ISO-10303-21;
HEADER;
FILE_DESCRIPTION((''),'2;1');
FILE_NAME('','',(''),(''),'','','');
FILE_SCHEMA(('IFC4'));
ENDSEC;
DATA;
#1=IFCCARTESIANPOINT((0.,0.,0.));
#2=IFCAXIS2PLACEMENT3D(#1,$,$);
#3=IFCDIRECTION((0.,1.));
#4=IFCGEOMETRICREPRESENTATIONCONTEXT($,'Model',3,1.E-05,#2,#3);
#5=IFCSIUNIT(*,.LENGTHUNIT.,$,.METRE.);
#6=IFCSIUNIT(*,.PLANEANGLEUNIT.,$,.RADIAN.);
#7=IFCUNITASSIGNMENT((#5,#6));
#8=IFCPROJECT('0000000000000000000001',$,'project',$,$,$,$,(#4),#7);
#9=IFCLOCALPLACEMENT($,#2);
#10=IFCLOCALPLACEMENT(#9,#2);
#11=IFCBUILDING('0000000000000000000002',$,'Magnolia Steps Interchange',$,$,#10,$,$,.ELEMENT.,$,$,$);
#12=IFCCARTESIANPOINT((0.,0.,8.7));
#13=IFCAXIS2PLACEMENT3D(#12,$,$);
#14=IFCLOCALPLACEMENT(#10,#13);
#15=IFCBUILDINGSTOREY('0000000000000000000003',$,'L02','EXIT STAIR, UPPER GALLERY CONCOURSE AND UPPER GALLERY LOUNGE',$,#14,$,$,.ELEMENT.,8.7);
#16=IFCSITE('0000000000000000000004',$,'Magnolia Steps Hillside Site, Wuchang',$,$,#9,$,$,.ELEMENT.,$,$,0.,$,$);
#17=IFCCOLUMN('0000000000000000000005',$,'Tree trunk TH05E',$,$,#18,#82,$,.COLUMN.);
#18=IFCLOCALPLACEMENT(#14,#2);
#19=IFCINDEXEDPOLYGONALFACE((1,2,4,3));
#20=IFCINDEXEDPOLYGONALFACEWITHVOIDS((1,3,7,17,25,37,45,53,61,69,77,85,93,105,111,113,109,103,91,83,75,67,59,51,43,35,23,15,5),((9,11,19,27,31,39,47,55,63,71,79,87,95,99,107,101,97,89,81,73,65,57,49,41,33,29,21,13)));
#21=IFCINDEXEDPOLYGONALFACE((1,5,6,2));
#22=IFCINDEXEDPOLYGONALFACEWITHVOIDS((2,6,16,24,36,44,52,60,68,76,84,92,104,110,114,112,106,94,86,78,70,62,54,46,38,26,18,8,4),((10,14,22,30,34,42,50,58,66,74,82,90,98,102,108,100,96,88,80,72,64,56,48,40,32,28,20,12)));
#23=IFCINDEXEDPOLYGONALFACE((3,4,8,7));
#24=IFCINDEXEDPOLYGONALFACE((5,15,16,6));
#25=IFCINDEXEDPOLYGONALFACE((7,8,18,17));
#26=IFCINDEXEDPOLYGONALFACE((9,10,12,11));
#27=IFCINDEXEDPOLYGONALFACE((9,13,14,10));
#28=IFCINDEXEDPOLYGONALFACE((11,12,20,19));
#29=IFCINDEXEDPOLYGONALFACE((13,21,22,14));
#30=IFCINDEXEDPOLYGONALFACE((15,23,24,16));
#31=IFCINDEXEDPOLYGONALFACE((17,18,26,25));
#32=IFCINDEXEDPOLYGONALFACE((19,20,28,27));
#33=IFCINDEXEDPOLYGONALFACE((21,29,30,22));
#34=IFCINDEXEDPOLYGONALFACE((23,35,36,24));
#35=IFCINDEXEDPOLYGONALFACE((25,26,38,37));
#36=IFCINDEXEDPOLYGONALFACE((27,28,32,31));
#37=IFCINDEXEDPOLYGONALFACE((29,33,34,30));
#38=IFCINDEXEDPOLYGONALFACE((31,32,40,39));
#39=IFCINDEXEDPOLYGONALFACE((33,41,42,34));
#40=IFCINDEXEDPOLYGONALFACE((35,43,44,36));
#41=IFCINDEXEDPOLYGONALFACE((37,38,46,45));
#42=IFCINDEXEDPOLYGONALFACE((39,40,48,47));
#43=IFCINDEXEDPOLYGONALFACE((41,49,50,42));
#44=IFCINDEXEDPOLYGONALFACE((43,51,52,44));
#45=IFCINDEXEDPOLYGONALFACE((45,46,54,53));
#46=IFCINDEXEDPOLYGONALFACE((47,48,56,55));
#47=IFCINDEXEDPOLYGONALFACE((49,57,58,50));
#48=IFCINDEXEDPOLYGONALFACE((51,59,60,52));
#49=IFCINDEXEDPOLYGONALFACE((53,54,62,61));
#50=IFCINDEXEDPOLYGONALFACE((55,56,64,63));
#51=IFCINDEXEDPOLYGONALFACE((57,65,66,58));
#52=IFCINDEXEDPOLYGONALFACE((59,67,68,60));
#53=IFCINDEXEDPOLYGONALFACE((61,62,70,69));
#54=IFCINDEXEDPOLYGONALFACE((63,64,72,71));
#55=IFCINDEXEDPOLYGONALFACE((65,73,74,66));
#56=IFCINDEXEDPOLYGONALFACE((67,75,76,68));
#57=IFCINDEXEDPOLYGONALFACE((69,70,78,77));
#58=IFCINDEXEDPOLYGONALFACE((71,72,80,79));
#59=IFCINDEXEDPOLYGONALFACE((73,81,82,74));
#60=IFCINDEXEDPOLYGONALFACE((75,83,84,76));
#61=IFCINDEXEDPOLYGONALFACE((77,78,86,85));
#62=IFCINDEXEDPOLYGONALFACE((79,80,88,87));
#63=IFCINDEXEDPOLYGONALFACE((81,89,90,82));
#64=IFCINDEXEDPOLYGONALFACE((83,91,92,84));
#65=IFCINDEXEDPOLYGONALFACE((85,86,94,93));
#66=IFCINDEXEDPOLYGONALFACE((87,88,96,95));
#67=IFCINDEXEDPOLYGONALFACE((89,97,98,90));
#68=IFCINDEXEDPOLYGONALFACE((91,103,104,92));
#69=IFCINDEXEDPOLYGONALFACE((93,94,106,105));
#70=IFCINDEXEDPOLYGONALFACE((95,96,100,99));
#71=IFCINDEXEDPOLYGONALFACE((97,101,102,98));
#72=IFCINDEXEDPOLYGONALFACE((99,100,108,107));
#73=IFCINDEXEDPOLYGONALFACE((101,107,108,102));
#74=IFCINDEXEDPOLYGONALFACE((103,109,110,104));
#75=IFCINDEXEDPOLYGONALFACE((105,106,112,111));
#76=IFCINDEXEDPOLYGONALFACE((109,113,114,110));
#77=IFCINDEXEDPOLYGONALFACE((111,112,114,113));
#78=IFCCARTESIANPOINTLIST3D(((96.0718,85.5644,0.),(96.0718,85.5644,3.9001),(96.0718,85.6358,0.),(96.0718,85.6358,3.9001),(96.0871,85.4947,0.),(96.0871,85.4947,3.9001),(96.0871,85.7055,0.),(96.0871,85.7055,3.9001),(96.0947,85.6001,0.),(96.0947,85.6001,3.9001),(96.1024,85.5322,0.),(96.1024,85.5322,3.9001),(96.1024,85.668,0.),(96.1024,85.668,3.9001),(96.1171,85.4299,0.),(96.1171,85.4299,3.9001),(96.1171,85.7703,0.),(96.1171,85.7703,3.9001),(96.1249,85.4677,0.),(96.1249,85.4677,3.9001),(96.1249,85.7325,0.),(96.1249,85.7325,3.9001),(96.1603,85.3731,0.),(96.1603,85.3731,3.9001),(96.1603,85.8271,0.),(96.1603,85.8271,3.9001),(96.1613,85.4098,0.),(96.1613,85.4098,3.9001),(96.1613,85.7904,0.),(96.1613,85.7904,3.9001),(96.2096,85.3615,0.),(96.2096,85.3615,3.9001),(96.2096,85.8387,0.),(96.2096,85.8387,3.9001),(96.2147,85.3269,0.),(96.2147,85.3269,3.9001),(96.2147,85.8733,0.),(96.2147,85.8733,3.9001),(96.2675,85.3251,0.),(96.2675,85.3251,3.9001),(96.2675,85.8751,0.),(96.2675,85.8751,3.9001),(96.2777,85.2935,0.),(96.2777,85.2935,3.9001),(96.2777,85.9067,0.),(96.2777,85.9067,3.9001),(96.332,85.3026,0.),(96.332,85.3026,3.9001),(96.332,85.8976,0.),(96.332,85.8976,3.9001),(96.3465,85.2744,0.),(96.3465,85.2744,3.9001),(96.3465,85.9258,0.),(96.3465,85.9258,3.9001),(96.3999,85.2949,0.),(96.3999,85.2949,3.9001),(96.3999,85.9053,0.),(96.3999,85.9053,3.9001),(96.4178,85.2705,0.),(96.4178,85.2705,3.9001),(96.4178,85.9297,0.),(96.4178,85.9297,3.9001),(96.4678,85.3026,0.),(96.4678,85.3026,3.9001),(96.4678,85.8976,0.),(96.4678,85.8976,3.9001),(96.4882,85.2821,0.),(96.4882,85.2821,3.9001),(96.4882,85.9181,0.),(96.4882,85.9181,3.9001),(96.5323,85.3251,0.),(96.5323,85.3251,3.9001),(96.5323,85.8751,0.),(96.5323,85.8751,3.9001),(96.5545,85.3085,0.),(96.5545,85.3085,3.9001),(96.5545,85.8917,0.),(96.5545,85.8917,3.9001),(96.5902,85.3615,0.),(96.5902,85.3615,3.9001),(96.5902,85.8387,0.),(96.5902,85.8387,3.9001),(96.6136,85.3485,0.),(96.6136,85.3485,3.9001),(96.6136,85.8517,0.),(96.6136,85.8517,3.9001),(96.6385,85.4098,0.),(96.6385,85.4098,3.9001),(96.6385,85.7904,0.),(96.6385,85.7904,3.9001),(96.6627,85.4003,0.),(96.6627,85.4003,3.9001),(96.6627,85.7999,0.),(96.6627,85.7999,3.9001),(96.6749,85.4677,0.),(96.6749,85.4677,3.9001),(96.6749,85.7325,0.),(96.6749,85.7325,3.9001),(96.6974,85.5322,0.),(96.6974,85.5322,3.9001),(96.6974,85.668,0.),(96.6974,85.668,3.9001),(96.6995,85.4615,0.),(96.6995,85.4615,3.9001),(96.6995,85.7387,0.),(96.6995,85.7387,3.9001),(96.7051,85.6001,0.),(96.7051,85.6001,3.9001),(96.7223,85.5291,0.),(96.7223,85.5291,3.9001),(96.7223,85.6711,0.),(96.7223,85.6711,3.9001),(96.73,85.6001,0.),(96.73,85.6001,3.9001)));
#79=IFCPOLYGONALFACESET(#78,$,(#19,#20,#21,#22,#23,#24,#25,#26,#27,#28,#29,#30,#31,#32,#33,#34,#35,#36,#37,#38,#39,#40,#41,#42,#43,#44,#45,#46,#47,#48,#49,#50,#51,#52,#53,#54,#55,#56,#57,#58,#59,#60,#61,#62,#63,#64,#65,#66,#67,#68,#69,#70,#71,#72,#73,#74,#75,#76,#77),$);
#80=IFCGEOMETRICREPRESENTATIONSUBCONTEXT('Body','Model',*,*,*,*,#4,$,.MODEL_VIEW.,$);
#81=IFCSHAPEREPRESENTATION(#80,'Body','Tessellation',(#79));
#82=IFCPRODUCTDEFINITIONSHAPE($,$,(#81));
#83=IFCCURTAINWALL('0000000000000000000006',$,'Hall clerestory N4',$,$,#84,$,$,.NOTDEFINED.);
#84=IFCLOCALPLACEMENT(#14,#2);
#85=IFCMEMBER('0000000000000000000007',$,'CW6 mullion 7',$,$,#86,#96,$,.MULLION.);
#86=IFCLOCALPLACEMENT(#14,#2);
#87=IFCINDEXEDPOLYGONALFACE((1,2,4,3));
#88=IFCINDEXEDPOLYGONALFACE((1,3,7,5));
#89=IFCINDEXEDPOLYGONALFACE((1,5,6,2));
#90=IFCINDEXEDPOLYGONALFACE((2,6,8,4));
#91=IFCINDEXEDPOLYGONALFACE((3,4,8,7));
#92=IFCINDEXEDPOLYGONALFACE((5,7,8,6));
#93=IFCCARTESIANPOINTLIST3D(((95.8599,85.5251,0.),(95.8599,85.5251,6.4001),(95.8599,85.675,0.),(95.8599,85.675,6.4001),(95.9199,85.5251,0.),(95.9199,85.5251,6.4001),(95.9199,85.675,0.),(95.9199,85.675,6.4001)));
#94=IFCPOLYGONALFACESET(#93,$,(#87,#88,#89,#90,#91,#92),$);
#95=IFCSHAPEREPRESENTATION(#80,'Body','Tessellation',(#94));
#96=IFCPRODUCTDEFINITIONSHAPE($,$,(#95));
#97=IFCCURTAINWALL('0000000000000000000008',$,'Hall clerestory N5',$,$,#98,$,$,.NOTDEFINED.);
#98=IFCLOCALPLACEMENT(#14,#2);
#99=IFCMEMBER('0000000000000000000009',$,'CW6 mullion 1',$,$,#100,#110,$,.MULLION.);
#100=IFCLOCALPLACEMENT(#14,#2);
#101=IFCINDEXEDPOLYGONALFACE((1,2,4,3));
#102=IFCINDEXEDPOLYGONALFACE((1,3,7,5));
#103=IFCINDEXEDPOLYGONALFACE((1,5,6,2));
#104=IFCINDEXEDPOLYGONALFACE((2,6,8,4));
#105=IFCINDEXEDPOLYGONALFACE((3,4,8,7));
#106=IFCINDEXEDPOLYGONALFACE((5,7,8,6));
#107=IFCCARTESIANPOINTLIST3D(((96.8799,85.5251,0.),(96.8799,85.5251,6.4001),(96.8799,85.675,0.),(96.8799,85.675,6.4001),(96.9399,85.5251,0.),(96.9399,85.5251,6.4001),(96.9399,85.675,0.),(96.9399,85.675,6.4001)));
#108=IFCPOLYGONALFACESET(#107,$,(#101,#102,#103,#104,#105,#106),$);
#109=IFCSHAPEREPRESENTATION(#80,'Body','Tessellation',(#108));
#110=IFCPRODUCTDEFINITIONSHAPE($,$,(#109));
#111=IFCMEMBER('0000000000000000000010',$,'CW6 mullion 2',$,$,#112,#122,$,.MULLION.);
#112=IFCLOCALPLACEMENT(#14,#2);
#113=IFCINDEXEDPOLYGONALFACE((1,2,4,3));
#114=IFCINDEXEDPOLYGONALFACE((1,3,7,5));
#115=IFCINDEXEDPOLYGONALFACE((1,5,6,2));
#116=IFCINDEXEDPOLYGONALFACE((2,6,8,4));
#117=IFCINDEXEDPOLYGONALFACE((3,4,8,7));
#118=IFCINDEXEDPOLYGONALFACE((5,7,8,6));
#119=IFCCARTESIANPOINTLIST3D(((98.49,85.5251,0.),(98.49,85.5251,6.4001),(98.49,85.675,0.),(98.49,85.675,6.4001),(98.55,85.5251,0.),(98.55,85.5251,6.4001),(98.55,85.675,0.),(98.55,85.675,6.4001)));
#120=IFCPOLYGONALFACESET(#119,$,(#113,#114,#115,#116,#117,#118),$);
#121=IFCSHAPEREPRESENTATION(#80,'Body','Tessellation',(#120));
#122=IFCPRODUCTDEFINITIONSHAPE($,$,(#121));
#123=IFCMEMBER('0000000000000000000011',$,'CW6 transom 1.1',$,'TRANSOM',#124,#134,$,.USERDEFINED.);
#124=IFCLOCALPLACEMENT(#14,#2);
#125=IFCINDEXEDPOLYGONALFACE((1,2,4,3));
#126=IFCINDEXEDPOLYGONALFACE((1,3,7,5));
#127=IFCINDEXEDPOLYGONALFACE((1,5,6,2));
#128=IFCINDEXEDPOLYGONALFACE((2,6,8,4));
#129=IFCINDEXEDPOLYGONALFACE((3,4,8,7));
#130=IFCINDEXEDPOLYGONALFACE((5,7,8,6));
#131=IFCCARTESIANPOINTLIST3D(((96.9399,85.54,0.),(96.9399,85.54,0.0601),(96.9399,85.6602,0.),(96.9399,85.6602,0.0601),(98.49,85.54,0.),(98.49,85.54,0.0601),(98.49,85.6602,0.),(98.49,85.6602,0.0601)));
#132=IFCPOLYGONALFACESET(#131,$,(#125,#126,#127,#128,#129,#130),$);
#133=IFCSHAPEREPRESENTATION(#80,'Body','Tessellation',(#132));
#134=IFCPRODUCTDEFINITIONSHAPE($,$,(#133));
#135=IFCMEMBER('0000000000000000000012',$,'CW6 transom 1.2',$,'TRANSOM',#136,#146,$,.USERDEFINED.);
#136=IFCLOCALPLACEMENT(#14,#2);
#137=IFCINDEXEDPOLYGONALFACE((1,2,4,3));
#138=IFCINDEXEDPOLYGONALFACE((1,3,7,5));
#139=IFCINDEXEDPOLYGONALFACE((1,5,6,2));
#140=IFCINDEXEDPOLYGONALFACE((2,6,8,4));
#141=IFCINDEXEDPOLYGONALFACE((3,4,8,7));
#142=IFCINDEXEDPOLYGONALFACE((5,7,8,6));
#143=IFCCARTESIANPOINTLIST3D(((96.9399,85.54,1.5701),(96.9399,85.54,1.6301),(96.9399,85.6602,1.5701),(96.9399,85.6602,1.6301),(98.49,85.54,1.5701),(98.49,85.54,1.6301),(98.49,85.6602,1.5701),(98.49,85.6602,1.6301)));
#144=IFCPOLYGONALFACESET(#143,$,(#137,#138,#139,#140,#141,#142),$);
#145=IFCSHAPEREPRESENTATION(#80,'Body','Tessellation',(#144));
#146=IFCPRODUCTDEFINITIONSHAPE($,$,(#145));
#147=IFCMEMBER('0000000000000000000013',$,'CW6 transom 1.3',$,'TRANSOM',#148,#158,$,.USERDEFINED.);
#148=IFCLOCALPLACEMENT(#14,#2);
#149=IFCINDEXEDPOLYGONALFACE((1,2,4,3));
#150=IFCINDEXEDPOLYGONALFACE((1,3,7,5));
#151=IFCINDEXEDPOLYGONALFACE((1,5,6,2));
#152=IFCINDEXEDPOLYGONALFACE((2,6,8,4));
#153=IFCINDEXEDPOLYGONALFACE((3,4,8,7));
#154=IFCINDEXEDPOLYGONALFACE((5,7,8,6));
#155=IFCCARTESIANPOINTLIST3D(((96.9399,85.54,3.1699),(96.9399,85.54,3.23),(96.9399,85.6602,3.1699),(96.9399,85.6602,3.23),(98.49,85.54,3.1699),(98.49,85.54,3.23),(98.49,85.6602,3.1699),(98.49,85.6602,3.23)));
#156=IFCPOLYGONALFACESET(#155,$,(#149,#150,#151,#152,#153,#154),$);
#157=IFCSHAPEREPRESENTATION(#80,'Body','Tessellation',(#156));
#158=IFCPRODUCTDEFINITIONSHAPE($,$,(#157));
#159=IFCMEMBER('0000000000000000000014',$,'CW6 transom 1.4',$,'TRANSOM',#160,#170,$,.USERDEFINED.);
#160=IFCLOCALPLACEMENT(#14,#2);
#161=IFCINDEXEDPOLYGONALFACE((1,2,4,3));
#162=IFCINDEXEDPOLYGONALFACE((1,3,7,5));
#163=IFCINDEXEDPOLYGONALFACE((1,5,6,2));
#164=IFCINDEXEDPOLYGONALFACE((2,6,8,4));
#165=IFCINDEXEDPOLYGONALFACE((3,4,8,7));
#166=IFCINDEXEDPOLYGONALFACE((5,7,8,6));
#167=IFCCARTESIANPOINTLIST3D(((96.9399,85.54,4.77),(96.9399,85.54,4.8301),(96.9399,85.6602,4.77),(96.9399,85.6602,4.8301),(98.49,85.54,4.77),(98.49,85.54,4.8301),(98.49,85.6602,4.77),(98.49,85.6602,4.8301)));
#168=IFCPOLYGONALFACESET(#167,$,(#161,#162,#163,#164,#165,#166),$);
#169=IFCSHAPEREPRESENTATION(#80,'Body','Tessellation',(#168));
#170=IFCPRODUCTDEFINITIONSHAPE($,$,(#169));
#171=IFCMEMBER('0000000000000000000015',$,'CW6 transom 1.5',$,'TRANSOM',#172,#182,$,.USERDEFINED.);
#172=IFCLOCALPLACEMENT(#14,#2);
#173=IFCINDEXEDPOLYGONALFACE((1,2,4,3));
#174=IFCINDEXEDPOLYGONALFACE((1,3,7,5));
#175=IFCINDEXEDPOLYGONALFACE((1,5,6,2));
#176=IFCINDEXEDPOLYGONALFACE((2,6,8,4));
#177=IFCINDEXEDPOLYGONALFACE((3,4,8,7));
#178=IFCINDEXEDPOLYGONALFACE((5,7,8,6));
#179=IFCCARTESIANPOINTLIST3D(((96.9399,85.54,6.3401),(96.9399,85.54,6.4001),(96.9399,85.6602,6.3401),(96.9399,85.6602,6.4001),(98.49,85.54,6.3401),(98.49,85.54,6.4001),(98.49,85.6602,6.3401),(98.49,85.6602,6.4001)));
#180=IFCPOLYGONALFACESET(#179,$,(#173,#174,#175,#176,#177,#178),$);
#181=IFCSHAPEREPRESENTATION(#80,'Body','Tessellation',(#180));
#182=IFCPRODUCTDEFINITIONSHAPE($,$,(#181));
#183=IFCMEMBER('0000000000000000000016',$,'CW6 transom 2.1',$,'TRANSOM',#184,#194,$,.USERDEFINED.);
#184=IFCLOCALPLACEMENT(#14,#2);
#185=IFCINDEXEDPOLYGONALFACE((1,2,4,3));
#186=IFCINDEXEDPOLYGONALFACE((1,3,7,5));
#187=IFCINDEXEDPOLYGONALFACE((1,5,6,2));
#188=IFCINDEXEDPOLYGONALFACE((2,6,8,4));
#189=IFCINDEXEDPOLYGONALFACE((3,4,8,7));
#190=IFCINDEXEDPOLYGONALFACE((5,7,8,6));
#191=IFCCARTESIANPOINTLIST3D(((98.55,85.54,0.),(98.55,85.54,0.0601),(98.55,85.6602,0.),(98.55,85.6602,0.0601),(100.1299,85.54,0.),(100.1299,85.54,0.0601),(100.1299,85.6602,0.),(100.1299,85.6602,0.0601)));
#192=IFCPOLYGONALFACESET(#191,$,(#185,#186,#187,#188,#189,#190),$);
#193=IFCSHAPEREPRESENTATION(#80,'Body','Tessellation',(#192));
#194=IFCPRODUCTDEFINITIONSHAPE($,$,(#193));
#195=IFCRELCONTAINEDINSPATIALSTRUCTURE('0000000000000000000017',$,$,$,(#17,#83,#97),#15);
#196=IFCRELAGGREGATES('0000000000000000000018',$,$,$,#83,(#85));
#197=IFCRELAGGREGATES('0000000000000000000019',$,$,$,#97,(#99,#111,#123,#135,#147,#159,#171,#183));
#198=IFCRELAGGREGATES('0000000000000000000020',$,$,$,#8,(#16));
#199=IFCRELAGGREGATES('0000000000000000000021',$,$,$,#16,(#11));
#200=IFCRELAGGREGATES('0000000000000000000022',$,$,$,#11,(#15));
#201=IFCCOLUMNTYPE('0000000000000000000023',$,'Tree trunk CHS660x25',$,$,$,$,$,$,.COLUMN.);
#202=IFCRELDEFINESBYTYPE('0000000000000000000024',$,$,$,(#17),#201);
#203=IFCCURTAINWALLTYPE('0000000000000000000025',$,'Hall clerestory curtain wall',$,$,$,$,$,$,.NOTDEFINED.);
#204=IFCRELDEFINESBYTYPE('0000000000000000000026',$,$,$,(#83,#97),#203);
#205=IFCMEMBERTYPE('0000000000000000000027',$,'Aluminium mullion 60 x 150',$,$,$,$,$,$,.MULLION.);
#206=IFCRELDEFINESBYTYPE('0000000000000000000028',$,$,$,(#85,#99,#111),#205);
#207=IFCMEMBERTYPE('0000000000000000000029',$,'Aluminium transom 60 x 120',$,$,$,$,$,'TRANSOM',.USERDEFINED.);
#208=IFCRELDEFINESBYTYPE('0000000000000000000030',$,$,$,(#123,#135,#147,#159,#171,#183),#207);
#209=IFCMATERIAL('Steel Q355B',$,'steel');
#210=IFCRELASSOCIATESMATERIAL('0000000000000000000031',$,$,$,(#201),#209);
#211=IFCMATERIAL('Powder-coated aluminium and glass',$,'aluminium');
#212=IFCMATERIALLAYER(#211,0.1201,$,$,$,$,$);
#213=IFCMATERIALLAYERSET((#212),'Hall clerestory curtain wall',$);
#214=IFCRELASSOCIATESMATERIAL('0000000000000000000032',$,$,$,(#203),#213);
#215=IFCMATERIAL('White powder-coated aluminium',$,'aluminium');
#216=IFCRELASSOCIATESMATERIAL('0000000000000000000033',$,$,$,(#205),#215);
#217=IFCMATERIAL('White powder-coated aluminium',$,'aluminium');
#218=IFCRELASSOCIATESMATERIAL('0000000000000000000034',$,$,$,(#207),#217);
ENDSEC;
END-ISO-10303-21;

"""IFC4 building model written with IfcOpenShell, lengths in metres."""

from ifc_helpers import new_model, si_unit, direction, frame, origin, origin_2d, place, context, subcontext, project, spatial, rectangle, hollow_circle, extrude, material, layer, layer_set, material_profile, profile_set, type_object, element, aggregate, save


model = new_model("IFC4")

# Units and contexts
model_context = context("Model", 3, precision=1e-05, world=origin(), true_north=direction((0.0, 1.0)))
body_context = subcontext(model_context, "Body", "Model", "MODEL_VIEW")
ifc_project = project(units=[si_unit("LENGTHUNIT", "METRE"), si_unit("PLANEANGLEUNIT", "RADIAN")], contexts=[model_context])

# Site, building, storey
site_placement = place(None, origin())
site = spatial("IfcSite", under=ifc_project, at=site_placement, Name="Magnolia Steps Hillside Site, Wuchang", CompositionType="ELEMENT", RefElevation=0.0)
building_placement = place(site_placement, origin())
building = spatial("IfcBuilding", under=site, at=building_placement, Name="Magnolia Steps Interchange", CompositionType="ELEMENT")
storey_placement = place(building_placement, frame((0.0, 0.0, 8.7)))
storey = spatial("IfcBuildingStorey", under=building, at=storey_placement, Name="L02", Description="EXIT STAIR, UPPER GALLERY CONCOURSE AND UPPER GALLERY LOUNGE", CompositionType="ELEMENT", Elevation=8.7)

# Column
ifc_material_1 = material(Name="Steel Q355B", Category="steel")
ifc_material_profile_1 = material_profile(ifc_material_1, hollow_circle(Radius=0.3301, WallThickness=0.0249, at=origin_2d()), Name="CHS660x25")
ifc_profile_set_1 = profile_set([ifc_material_profile_1], Name="Steel Q355B")
column_type = type_object("IfcColumnType", Name="Tree trunk CHS660x25", PredefinedType="COLUMN", material=ifc_profile_set_1)
column_placement = place(storey_placement, frame((96.3999, 85.6001, 0.0), z_axis=(0.0, 0.0, 1.0), x_axis=(1.0, 0.0, 0.0)))
element("IfcColumn", 1, at=column_placement, inside=storey, type_object=column_type, Name="Tree trunk TH05E", PredefinedType="COLUMN", context=body_context, shape_type="SweptSolid", body=[
    extrude(hollow_circle(Radius=0.3301, WallThickness=0.0249, at=origin_2d()), origin(), (0.0, 0.0, 1.0), 3.9001),
])

# Curtain wall, member
ifc_material_2 = material(Name="Powder-coated aluminium and glass", Category="aluminium")
ifc_layer_1 = layer(ifc_material_2, 0.1201)
ifc_layer_set_1 = layer_set([ifc_layer_1], Name="Hall clerestory curtain wall")
curtain_wall_type = type_object("IfcCurtainWallType", Name="Hall clerestory curtain wall", PredefinedType="NOTDEFINED", material=ifc_layer_set_1)
curtain_wall_1_placement = place(storey_placement, origin())
curtain_wall_1 = element("IfcCurtainWall", 2, at=curtain_wall_1_placement, inside=storey, type_object=curtain_wall_type, Name="Hall clerestory N4", PredefinedType="NOTDEFINED")
ifc_material_3 = material(Name="White powder-coated aluminium", Category="aluminium")
ifc_material_profile_2 = material_profile(ifc_material_3, rectangle(XDim=0.0601, YDim=0.1499, at=origin_2d()), Name="Aluminium mullion 60 x 150")
ifc_profile_set_2 = profile_set([ifc_material_profile_2], Name="White powder-coated aluminium")
member_type_1 = type_object("IfcMemberType", Name="Aluminium mullion 60 x 150", PredefinedType="MULLION", material=ifc_profile_set_2)
member_1_placement = place(storey_placement, frame((95.8899, 85.6001, 0.0), z_axis=(0.0, 0.0, 1.0), x_axis=(1.0, 0.0, 0.0)))
member_1 = element("IfcMember", 3, at=member_1_placement, type_object=member_type_1, Name="CW6 mullion 7", PredefinedType="MULLION", context=body_context, shape_type="SweptSolid", body=[
    extrude(rectangle(XDim=0.0601, YDim=0.1499, at=origin_2d()), origin(), (0.0, 0.0, 1.0), 6.4001),
])

# Curtain wall, members
curtain_wall_2_placement = place(storey_placement, origin())
curtain_wall_2 = element("IfcCurtainWall", 4, at=curtain_wall_2_placement, inside=storey, type_object=curtain_wall_type, Name="Hall clerestory N5", PredefinedType="NOTDEFINED")
member_2_placement = place(storey_placement, frame((96.9099, 85.6001, 0.0), z_axis=(0.0, 0.0, 1.0), x_axis=(1.0, 0.0, 0.0)))
member_2 = element("IfcMember", 5, at=member_2_placement, type_object=member_type_1, Name="CW6 mullion 1", PredefinedType="MULLION", context=body_context, shape_type="SweptSolid", body=[
    extrude(rectangle(XDim=0.0601, YDim=0.1499, at=origin_2d()), origin(), (0.0, 0.0, 1.0), 6.4001),
])
member_3_placement = place(storey_placement, frame((98.52, 85.6001, 0.0), z_axis=(0.0, 0.0, 1.0), x_axis=(1.0, 0.0, 0.0)))
member_3 = element("IfcMember", 6, at=member_3_placement, type_object=member_type_1, Name="CW6 mullion 2", PredefinedType="MULLION", context=body_context, shape_type="SweptSolid", body=[
    extrude(rectangle(XDim=0.0601, YDim=0.1499, at=origin_2d()), origin(), (0.0, 0.0, 1.0), 6.4001),
])
ifc_material_4 = material(Name="White powder-coated aluminium", Category="aluminium")
ifc_material_profile_3 = material_profile(ifc_material_4, rectangle(XDim=0.0601, YDim=0.1201, at=origin_2d()), Name="Aluminium transom 60 x 120")
ifc_profile_set_3 = profile_set([ifc_material_profile_3], Name="White powder-coated aluminium")
member_type_2 = type_object("IfcMemberType", Name="Aluminium transom 60 x 120", ElementType="TRANSOM", PredefinedType="USERDEFINED", material=ifc_profile_set_3)
member_4_placement = place(storey_placement, frame((96.9399, 85.6001, 0.03), z_axis=(1.0, 0.0, 0.0), x_axis=(0.0, 0.0, 1.0)))
member_4 = element("IfcMember", 7, at=member_4_placement, type_object=member_type_2, Name="CW6 transom 1.1", ObjectType="TRANSOM", PredefinedType="USERDEFINED", context=body_context, shape_type="SweptSolid", body=[
    extrude(rectangle(XDim=0.0601, YDim=0.1201, at=origin_2d()), origin(), (0.0, 0.0, 1.0), 1.55),
])
member_5_placement = place(storey_placement, frame((96.9399, 85.6001, 1.6001), z_axis=(1.0, 0.0, 0.0), x_axis=(0.0, 0.0, 1.0)))
member_5 = element("IfcMember", 8, at=member_5_placement, type_object=member_type_2, Name="CW6 transom 1.2", ObjectType="TRANSOM", PredefinedType="USERDEFINED", context=body_context, shape_type="SweptSolid", body=[
    extrude(rectangle(XDim=0.0601, YDim=0.1201, at=origin_2d()), origin(), (0.0, 0.0, 1.0), 1.55),
])
member_6_placement = place(storey_placement, frame((96.9399, 85.6001, 3.2), z_axis=(1.0, 0.0, 0.0), x_axis=(0.0, 0.0, 1.0)))
member_6 = element("IfcMember", 9, at=member_6_placement, type_object=member_type_2, Name="CW6 transom 1.3", ObjectType="TRANSOM", PredefinedType="USERDEFINED", context=body_context, shape_type="SweptSolid", body=[
    extrude(rectangle(XDim=0.0601, YDim=0.1201, at=origin_2d()), origin(), (0.0, 0.0, 1.0), 1.55),
])
member_7_placement = place(storey_placement, frame((96.9399, 85.6001, 4.8), z_axis=(1.0, 0.0, 0.0), x_axis=(0.0, 0.0, 1.0)))
member_7 = element("IfcMember", 10, at=member_7_placement, type_object=member_type_2, Name="CW6 transom 1.4", ObjectType="TRANSOM", PredefinedType="USERDEFINED", context=body_context, shape_type="SweptSolid", body=[
    extrude(rectangle(XDim=0.0601, YDim=0.1201, at=origin_2d()), origin(), (0.0, 0.0, 1.0), 1.55),
])
member_8_placement = place(storey_placement, frame((96.9399, 85.6001, 6.3701), z_axis=(1.0, 0.0, 0.0), x_axis=(0.0, 0.0, 1.0)))
member_8 = element("IfcMember", 11, at=member_8_placement, type_object=member_type_2, Name="CW6 transom 1.5", ObjectType="TRANSOM", PredefinedType="USERDEFINED", context=body_context, shape_type="SweptSolid", body=[
    extrude(rectangle(XDim=0.0601, YDim=0.1201, at=origin_2d()), origin(), (0.0, 0.0, 1.0), 1.55),
])
member_9_placement = place(storey_placement, frame((98.55, 85.6001, 0.03), z_axis=(1.0, 0.0, 0.0), x_axis=(0.0, 0.0, 1.0)))
member_9 = element("IfcMember", 12, at=member_9_placement, type_object=member_type_2, Name="CW6 transom 2.1", ObjectType="TRANSOM", PredefinedType="USERDEFINED", context=body_context, shape_type="SweptSolid", body=[
    extrude(rectangle(XDim=0.0601, YDim=0.1201, at=origin_2d()), origin(), (0.0, 0.0, 1.0), 1.5798),
])

aggregate(curtain_wall_1, [member_1])
aggregate(curtain_wall_2, [member_2, member_3, member_4, member_5, member_6, member_7, member_8, member_9])

save(model, "model.ifc")
